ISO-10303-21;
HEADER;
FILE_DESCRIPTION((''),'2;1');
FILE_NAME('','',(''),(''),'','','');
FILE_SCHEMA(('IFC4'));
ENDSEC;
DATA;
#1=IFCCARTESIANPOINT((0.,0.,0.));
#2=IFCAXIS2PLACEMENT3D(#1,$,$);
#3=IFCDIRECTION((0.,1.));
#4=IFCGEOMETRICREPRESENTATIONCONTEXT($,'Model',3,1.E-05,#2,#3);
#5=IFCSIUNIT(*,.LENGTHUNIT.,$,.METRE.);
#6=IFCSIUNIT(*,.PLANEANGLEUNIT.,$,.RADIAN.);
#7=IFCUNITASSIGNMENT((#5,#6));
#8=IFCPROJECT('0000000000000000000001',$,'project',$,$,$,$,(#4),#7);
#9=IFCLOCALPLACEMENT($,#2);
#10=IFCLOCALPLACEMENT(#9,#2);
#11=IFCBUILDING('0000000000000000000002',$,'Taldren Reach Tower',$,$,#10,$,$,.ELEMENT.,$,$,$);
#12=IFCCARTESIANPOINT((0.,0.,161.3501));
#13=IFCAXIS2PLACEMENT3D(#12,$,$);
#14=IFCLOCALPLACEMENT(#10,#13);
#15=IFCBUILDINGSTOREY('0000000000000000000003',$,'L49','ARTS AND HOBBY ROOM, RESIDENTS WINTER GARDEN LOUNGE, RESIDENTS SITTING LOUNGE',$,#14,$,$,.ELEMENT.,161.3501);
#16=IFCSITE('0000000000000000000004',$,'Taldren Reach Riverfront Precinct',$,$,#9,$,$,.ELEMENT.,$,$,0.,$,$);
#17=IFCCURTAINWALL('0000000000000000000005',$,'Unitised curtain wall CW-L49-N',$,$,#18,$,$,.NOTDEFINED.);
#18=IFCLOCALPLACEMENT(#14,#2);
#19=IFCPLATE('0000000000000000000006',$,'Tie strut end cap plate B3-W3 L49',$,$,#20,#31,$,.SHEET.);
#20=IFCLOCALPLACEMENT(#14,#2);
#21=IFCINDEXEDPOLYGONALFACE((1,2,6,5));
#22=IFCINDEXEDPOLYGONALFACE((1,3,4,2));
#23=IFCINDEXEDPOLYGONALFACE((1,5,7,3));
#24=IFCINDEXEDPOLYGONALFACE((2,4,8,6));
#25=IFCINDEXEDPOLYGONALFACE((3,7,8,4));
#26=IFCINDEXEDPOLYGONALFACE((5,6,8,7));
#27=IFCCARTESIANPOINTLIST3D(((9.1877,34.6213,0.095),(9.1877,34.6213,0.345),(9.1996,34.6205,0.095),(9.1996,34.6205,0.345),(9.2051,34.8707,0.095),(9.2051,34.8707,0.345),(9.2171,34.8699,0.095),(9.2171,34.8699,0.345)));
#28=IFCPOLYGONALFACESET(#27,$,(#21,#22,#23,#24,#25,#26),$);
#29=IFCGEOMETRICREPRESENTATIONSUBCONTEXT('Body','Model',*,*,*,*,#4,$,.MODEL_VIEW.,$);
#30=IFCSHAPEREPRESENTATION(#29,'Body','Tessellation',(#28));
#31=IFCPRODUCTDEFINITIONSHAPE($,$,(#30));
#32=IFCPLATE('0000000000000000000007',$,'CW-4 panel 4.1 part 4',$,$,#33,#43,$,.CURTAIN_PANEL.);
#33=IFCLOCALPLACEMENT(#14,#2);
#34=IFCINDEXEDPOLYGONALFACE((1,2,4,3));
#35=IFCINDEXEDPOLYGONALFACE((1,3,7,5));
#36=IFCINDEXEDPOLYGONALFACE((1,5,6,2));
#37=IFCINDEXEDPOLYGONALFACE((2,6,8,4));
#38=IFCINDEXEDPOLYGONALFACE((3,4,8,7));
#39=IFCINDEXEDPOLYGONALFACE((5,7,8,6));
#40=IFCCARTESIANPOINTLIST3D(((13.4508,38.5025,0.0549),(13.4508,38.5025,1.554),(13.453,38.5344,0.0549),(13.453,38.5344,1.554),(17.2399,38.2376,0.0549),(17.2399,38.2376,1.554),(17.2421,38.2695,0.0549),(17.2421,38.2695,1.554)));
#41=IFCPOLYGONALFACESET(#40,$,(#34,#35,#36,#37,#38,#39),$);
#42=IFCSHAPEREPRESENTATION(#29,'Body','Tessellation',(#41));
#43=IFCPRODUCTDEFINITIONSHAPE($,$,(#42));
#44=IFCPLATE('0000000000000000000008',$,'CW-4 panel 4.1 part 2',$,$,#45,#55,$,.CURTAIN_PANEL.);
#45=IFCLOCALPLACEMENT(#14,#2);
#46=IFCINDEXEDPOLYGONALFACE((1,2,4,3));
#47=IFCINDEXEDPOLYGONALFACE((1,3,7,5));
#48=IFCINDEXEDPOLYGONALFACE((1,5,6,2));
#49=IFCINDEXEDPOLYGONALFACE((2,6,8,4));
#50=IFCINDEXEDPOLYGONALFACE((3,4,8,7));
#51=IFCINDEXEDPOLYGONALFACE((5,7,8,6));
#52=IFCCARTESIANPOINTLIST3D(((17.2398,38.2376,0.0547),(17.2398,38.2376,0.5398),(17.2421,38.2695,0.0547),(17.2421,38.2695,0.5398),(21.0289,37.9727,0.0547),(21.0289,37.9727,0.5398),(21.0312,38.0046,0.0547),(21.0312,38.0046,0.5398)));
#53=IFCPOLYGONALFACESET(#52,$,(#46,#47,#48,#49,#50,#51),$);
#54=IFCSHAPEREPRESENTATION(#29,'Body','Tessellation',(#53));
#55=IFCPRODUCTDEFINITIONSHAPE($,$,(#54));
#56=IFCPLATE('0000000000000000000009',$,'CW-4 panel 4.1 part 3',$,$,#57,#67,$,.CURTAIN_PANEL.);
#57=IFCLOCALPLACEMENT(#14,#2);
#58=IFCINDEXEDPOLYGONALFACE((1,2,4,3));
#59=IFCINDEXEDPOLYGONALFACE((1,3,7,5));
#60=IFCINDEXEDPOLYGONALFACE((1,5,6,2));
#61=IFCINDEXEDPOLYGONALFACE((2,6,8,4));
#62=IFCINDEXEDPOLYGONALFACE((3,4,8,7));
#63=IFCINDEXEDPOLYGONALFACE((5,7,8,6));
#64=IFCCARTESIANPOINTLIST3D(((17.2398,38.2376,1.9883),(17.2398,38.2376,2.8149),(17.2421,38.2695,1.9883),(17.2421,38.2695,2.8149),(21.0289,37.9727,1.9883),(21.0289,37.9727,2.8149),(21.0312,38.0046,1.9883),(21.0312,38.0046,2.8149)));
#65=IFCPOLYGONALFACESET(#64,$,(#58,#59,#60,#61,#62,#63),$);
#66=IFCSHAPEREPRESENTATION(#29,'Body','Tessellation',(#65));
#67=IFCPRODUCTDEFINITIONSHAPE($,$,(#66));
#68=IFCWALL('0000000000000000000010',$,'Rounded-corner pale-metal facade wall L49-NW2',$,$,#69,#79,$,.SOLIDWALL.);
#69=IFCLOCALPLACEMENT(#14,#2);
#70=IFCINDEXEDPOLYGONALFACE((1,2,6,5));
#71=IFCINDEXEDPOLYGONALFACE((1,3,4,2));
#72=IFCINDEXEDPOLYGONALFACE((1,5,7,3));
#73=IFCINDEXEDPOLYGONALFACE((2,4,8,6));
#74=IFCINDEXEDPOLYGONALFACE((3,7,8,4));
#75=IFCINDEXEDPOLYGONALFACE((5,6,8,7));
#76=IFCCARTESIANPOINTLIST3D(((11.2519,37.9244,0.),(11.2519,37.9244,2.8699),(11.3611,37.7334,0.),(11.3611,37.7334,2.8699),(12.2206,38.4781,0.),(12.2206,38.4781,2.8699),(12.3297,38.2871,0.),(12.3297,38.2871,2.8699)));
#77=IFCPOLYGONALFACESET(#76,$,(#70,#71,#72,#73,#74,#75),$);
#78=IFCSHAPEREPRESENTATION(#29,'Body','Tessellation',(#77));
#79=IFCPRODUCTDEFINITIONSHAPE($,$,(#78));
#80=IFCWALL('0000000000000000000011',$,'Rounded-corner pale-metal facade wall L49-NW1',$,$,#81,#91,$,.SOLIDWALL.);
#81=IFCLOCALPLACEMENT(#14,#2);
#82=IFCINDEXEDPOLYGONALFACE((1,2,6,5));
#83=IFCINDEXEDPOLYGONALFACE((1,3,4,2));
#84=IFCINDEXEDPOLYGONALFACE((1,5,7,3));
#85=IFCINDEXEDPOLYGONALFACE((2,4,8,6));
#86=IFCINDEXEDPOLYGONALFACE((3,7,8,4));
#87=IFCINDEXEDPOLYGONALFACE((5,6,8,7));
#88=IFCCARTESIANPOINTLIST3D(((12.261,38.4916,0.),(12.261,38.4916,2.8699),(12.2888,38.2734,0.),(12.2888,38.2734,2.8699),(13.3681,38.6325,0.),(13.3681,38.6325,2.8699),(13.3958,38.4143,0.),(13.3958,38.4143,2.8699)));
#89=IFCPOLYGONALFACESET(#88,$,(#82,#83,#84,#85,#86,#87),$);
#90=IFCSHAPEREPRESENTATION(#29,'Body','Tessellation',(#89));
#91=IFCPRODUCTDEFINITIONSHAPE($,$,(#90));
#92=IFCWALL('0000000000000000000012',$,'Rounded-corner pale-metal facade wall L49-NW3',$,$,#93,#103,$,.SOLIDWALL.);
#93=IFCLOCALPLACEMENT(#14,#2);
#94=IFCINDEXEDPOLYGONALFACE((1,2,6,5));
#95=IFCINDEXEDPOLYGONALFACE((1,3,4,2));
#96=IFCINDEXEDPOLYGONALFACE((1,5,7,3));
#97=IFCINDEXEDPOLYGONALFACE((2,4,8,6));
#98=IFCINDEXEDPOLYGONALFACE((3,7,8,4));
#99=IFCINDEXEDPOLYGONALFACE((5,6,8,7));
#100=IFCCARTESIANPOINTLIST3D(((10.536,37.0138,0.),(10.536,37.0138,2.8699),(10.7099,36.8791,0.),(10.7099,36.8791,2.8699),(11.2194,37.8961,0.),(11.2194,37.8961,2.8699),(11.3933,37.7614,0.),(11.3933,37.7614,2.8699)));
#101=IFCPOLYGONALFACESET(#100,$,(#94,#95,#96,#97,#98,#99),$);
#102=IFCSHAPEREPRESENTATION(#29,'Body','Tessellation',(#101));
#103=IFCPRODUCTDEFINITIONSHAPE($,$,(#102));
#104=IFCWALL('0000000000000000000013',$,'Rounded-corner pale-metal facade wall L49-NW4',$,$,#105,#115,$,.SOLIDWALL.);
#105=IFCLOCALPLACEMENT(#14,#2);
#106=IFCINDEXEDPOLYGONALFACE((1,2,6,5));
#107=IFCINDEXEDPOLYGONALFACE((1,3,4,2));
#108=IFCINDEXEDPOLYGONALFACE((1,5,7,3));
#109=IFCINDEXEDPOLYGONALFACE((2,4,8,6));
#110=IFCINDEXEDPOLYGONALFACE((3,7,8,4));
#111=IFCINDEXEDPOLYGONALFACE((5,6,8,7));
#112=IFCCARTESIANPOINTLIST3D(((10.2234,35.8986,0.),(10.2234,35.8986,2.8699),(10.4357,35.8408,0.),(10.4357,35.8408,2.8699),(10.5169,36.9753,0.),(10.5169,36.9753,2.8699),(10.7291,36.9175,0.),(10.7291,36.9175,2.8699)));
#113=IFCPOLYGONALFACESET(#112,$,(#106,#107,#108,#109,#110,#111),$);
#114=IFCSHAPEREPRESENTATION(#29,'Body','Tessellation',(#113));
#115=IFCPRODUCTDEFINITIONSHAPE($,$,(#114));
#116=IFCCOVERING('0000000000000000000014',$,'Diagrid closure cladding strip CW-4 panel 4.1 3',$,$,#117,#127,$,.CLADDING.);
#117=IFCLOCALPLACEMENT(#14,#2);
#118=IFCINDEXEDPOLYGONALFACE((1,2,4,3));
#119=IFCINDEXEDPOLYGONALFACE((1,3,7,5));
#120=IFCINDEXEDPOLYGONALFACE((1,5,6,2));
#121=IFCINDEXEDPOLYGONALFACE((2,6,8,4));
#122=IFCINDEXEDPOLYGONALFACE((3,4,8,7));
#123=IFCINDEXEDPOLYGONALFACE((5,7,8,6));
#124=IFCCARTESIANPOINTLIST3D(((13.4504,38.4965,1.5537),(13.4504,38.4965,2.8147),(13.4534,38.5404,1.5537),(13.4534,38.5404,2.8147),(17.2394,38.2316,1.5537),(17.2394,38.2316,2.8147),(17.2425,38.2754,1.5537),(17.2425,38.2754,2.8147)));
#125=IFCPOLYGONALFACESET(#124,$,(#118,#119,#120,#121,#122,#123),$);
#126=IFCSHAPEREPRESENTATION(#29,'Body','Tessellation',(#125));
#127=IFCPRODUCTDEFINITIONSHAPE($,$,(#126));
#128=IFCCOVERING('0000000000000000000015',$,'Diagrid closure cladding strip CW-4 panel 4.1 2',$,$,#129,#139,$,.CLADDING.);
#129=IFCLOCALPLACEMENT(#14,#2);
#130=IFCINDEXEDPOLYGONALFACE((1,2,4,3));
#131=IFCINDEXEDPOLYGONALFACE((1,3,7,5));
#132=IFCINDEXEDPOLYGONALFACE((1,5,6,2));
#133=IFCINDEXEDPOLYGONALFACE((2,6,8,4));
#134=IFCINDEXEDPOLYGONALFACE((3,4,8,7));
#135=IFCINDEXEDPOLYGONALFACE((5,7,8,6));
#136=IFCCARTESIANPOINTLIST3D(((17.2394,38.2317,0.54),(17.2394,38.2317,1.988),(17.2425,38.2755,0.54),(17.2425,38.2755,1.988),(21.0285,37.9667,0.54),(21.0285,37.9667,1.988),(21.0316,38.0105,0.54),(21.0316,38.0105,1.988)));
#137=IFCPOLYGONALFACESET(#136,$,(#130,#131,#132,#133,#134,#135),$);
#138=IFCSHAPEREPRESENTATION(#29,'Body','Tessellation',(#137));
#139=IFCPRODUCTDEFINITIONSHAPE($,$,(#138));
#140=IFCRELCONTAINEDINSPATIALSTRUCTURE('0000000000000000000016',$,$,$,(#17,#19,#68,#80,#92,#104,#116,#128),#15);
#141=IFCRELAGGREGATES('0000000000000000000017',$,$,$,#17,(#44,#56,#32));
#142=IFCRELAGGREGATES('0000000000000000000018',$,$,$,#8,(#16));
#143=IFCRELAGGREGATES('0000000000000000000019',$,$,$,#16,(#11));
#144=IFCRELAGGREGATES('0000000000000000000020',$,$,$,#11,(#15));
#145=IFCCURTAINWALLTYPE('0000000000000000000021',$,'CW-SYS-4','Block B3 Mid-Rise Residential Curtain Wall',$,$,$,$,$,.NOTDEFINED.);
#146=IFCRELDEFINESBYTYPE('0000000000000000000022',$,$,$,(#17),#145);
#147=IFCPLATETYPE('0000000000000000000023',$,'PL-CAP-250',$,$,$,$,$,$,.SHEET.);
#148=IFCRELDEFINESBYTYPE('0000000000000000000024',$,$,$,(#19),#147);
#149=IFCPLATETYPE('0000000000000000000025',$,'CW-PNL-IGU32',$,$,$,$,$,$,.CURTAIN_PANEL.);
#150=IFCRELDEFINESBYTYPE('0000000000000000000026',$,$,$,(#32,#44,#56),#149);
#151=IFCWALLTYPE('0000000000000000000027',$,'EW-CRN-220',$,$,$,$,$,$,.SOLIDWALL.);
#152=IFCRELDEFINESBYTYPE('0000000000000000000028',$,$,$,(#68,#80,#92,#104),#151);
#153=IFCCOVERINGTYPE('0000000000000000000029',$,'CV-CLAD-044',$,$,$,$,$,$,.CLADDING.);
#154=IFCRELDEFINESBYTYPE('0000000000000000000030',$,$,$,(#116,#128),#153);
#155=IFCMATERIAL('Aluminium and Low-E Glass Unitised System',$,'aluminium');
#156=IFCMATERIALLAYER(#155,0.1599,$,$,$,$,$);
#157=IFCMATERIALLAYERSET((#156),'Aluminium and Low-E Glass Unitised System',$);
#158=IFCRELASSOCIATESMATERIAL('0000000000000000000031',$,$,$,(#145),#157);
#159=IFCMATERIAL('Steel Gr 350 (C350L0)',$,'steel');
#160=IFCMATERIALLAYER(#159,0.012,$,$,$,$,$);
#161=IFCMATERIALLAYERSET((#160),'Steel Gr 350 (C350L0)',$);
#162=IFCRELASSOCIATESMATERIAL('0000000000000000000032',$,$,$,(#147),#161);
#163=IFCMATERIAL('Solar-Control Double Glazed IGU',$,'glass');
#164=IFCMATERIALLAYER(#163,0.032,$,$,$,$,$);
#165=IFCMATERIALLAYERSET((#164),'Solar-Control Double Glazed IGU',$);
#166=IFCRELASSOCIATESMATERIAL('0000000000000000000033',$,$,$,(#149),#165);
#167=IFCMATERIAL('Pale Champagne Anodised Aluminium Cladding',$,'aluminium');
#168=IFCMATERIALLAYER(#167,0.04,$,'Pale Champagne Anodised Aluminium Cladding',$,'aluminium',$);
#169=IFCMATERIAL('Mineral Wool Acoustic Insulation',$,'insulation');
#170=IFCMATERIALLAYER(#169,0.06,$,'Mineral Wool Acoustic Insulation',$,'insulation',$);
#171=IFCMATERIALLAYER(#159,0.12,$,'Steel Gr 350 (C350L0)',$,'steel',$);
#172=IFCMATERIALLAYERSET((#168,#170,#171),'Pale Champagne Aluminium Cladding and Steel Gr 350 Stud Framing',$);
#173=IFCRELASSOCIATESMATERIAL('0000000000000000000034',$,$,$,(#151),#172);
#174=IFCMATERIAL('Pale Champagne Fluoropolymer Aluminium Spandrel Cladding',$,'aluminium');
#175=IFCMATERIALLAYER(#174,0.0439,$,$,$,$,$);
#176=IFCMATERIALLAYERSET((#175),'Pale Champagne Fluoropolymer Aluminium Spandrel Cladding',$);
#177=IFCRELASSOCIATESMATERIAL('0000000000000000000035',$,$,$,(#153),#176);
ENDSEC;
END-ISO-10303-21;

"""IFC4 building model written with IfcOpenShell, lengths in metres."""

from ifc_helpers import new_model, si_unit, direction, frame, frame_2d, origin, origin_2d, place, context, subcontext, project, spatial, rectangle, extrude, source, transform, mapped, material, layer, layer_set, type_object, element, aggregate, save


model = new_model("IFC4")

# Units and contexts
model_context = context("Model", 3, precision=1e-05, world=origin(), true_north=direction((0.0, 1.0)))
body_context = subcontext(model_context, "Body", "Model", "MODEL_VIEW")
ifc_project = project(units=[si_unit("LENGTHUNIT", "METRE"), si_unit("PLANEANGLEUNIT", "RADIAN")], contexts=[model_context])

# Site, building, storey
site_placement = place(None, origin())
site = spatial("IfcSite", under=ifc_project, at=site_placement, Name="Taldren Reach Riverfront Precinct", CompositionType="ELEMENT", RefElevation=0.0)
building_placement = place(site_placement, origin())
building = spatial("IfcBuilding", under=site, at=building_placement, Name="Taldren Reach Tower", CompositionType="ELEMENT")
storey_placement = place(building_placement, frame((0.0, 0.0, 161.3501)))
storey = spatial("IfcBuildingStorey", under=building, at=storey_placement, Name="L49", Description="ARTS AND HOBBY ROOM, RESIDENTS WINTER GARDEN LOUNGE, RESIDENTS SITTING LOUNGE", CompositionType="ELEMENT", Elevation=161.3501)

# Shared definitions
ifc_material_1 = material(Name="Steel Gr 350 (C350L0)", Category="steel")

# Shared definitions
ifc_material_2 = material(Name="Aluminium and Low-E Glass Unitised System", Category="aluminium")
ifc_layer_1 = layer(ifc_material_2, 0.1599)
ifc_layer_set_1 = layer_set([ifc_layer_1], Name="Aluminium and Low-E Glass Unitised System")
curtain_wall_type = type_object("IfcCurtainWallType", Name="CW-SYS-4", Description="Block B3 Mid-Rise Residential Curtain Wall", PredefinedType="NOTDEFINED", material=ifc_layer_set_1)

# Curtain wall
curtain_wall_1_placement = place(storey_placement, origin())
curtain_wall_1 = element("IfcCurtainWall", 1, at=curtain_wall_1_placement, inside=storey, type_object=curtain_wall_type, Name="Unitised curtain wall CW-L49-N", PredefinedType="NOTDEFINED")

# Plate
ifc_layer_2 = layer(ifc_material_1, 0.012)
ifc_layer_set_2 = layer_set([ifc_layer_2], Name="Steel Gr 350 (C350L0)")
plate_type_1 = type_object("IfcPlateType", Name="PL-CAP-250", PredefinedType="SHEET", material=ifc_layer_set_2)
shared_shape_1 = source(origin(), body_context, "Body", "SweptSolid", [
    extrude(rectangle(XDim=0.012, YDim=0.25, at=origin_2d()), origin(), (0.0, 0.0, 1.0), 0.25),
])
plate_1_placement = place(storey_placement, frame((9.2024, 34.7456, 0.095), z_axis=(0.0, 0.0, 1.0), x_axis=(0.997564, -0.069756, 0.0)))
element("IfcPlate", 2, at=plate_1_placement, inside=storey, type_object=plate_type_1, Name="Tie strut end cap plate B3-W3 L49", PredefinedType="SHEET", context=body_context, shape_type="MappedRepresentation", body=[
    mapped(shared_shape_1, transform((0.0, 0.0, 0.0), scale=1.0)),
])

# Plates
ifc_material_3 = material(Name="Solar-Control Double Glazed IGU", Category="glass")
ifc_layer_3 = layer(ifc_material_3, 0.032)
ifc_layer_set_3 = layer_set([ifc_layer_3], Name="Solar-Control Double Glazed IGU")
plate_type_2 = type_object("IfcPlateType", Name="CW-PNL-IGU32", PredefinedType="CURTAIN_PANEL", material=ifc_layer_set_3)
shared_shape_2 = source(origin(), body_context, "Body", "SweptSolid", [
    extrude(rectangle(XDim=3.7983, YDim=0.032, at=origin_2d()), origin(), (0.0, 0.0, 1.0), 1.499),
])
plate_2_placement = place(storey_placement, frame((15.3464, 38.386, 0.0549), z_axis=(0.0, 0.0, 1.0), x_axis=(-0.997564, 0.069757, 0.0)))
plate_2 = element("IfcPlate", 3, at=plate_2_placement, type_object=plate_type_2, Name="CW-4 panel 4.1 part 4", PredefinedType="CURTAIN_PANEL", context=body_context, shape_type="MappedRepresentation", body=[
    mapped(shared_shape_2, transform((0.0, 0.0, 0.0), scale=1.0)),
])
shared_shape_3 = source(origin(), body_context, "Body", "SweptSolid", [
    extrude(rectangle(XDim=3.7983, YDim=0.032, at=origin_2d()), origin(), (0.0, 0.0, 1.0), 0.4851),
])
plate_3_placement = place(storey_placement, frame((19.1355, 38.1211, 0.0547), z_axis=(0.0, 0.0, 1.0), x_axis=(-0.997564, 0.069757, 0.0)))
plate_3 = element("IfcPlate", 4, at=plate_3_placement, type_object=plate_type_2, Name="CW-4 panel 4.1 part 2", PredefinedType="CURTAIN_PANEL", context=body_context, shape_type="MappedRepresentation", body=[
    mapped(shared_shape_3, transform((0.0, 0.0, 0.0), scale=1.0)),
])
shared_shape_4 = source(origin(), body_context, "Body", "SweptSolid", [
    extrude(rectangle(XDim=3.7983, YDim=0.032, at=origin_2d()), origin(), (0.0, 0.0, 1.0), 0.8267),
])
plate_4_placement = place(storey_placement, frame((19.1355, 38.1211, 1.9883), z_axis=(0.0, 0.0, 1.0), x_axis=(-0.997564, 0.069757, 0.0)))
plate_4 = element("IfcPlate", 5, at=plate_4_placement, type_object=plate_type_2, Name="CW-4 panel 4.1 part 3", PredefinedType="CURTAIN_PANEL", context=body_context, shape_type="MappedRepresentation", body=[
    mapped(shared_shape_4, transform((0.0, 0.0, 0.0), scale=1.0)),
])
aggregate(curtain_wall_1, [plate_3, plate_4, plate_2])

# Walls
ifc_material_4 = material(Name="Pale Champagne Anodised Aluminium Cladding", Category="aluminium")
ifc_layer_4 = layer(ifc_material_4, 0.04, Name="Pale Champagne Anodised Aluminium Cladding", Category="aluminium")
ifc_material_5 = material(Name="Mineral Wool Acoustic Insulation", Category="insulation")
ifc_layer_5 = layer(ifc_material_5, 0.06, Name="Mineral Wool Acoustic Insulation", Category="insulation")
ifc_layer_6 = layer(ifc_material_1, 0.12, Name="Steel Gr 350 (C350L0)", Category="steel")
ifc_layer_set_4 = layer_set([ifc_layer_4, ifc_layer_5, ifc_layer_6], Name="Pale Champagne Aluminium Cladding and Steel Gr 350 Stud Framing")
wall_type = type_object("IfcWallType", Name="EW-CRN-220", PredefinedType="SOLIDWALL", material=ifc_layer_set_4)
shared_shape_5 = source(origin(), body_context, "Body", "SweptSolid", [
    extrude(rectangle(XDim=1.1157, YDim=0.22, at=frame_2d((0.5579, 0.0))), origin(), (0.0, 0.0, 1.0), 2.8699),
])
wall_placement = place(storey_placement, frame((12.2751, 38.3826, 0.0), z_axis=(0.0, 0.0, 1.0), x_axis=(-0.868189, -0.496233, 0.0)))
element("IfcWall", 6, at=wall_placement, inside=storey, type_object=wall_type, Name="Rounded-corner pale-metal facade wall L49-NW2", PredefinedType="SOLIDWALL", context=body_context, shape_type="MappedRepresentation", body=[
    mapped(shared_shape_5, transform((0.0, 0.0, 0.0), scale=1.0)),
])
shared_shape_6 = source(origin(), body_context, "Body", "SweptSolid", [
    extrude(rectangle(XDim=1.116, YDim=0.22, at=frame_2d((0.5581, 0.0))), origin(), (0.0, 0.0, 1.0), 2.8699),
])
for number, where, z_axis, x_axis, name in (
    (7, (13.3821, 38.5234, 0.0), (0.0, 0.0, 1.0), (-0.991999, -0.126243, 0.0), "Rounded-corner pale-metal facade wall L49-NW1"),
    (8, (11.3064, 37.8289, 0.0), (0.0, 0.0, 1.0), (-0.612319, -0.790611, 0.0), "Rounded-corner pale-metal facade wall L49-NW3"),
    (9, (10.623, 36.9465, 0.0), (0.0, 0.0, 1.0), (-0.262969, -0.964804, 0.0), "Rounded-corner pale-metal facade wall L49-NW4"),
):
    element("IfcWall", number, at=place(storey_placement, frame(where, z_axis=z_axis, x_axis=x_axis)), inside=storey, type_object=wall_type, Name=name, PredefinedType="SOLIDWALL", context=body_context, shape_type="MappedRepresentation", body=[
        mapped(shared_shape_6, transform((0.0, 0.0, 0.0), scale=1.0)),
    ])

# Coverings
ifc_material_6 = material(Name="Pale Champagne Fluoropolymer Aluminium Spandrel Cladding", Category="aluminium")
ifc_layer_7 = layer(ifc_material_6, 0.0439)
ifc_layer_set_5 = layer_set([ifc_layer_7], Name="Pale Champagne Fluoropolymer Aluminium Spandrel Cladding")
covering_type = type_object("IfcCoveringType", Name="CV-CLAD-044", PredefinedType="CLADDING", material=ifc_layer_set_5)
shared_shape_7 = source(origin(), body_context, "Body", "SweptSolid", [
    extrude(rectangle(XDim=3.7983, YDim=0.0439, at=origin_2d()), origin(), (0.0, 0.0, 1.0), 1.261),
])
covering_1_placement = place(storey_placement, frame((15.3464, 38.386, 1.5537), z_axis=(0.0, 0.0, 1.0), x_axis=(-0.997564, 0.069757, 0.0)))
element("IfcCovering", 10, at=covering_1_placement, inside=storey, type_object=covering_type, Name="Diagrid closure cladding strip CW-4 panel 4.1 3", PredefinedType="CLADDING", context=body_context, shape_type="MappedRepresentation", body=[
    mapped(shared_shape_7, transform((0.0, 0.0, 0.0), scale=1.0)),
])
shared_shape_8 = source(origin(), body_context, "Body", "SweptSolid", [
    extrude(rectangle(XDim=3.7983, YDim=0.0439, at=origin_2d()), origin(), (0.0, 0.0, 1.0), 1.448),
])
covering_2_placement = place(storey_placement, frame((19.1355, 38.1211, 0.54), z_axis=(0.0, 0.0, 1.0), x_axis=(-0.997564, 0.069757, 0.0)))
element("IfcCovering", 11, at=covering_2_placement, inside=storey, type_object=covering_type, Name="Diagrid closure cladding strip CW-4 panel 4.1 2", PredefinedType="CLADDING", context=body_context, shape_type="MappedRepresentation", body=[
    mapped(shared_shape_8, transform((0.0, 0.0, 0.0), scale=1.0)),
])

save(model, "model.ifc")
